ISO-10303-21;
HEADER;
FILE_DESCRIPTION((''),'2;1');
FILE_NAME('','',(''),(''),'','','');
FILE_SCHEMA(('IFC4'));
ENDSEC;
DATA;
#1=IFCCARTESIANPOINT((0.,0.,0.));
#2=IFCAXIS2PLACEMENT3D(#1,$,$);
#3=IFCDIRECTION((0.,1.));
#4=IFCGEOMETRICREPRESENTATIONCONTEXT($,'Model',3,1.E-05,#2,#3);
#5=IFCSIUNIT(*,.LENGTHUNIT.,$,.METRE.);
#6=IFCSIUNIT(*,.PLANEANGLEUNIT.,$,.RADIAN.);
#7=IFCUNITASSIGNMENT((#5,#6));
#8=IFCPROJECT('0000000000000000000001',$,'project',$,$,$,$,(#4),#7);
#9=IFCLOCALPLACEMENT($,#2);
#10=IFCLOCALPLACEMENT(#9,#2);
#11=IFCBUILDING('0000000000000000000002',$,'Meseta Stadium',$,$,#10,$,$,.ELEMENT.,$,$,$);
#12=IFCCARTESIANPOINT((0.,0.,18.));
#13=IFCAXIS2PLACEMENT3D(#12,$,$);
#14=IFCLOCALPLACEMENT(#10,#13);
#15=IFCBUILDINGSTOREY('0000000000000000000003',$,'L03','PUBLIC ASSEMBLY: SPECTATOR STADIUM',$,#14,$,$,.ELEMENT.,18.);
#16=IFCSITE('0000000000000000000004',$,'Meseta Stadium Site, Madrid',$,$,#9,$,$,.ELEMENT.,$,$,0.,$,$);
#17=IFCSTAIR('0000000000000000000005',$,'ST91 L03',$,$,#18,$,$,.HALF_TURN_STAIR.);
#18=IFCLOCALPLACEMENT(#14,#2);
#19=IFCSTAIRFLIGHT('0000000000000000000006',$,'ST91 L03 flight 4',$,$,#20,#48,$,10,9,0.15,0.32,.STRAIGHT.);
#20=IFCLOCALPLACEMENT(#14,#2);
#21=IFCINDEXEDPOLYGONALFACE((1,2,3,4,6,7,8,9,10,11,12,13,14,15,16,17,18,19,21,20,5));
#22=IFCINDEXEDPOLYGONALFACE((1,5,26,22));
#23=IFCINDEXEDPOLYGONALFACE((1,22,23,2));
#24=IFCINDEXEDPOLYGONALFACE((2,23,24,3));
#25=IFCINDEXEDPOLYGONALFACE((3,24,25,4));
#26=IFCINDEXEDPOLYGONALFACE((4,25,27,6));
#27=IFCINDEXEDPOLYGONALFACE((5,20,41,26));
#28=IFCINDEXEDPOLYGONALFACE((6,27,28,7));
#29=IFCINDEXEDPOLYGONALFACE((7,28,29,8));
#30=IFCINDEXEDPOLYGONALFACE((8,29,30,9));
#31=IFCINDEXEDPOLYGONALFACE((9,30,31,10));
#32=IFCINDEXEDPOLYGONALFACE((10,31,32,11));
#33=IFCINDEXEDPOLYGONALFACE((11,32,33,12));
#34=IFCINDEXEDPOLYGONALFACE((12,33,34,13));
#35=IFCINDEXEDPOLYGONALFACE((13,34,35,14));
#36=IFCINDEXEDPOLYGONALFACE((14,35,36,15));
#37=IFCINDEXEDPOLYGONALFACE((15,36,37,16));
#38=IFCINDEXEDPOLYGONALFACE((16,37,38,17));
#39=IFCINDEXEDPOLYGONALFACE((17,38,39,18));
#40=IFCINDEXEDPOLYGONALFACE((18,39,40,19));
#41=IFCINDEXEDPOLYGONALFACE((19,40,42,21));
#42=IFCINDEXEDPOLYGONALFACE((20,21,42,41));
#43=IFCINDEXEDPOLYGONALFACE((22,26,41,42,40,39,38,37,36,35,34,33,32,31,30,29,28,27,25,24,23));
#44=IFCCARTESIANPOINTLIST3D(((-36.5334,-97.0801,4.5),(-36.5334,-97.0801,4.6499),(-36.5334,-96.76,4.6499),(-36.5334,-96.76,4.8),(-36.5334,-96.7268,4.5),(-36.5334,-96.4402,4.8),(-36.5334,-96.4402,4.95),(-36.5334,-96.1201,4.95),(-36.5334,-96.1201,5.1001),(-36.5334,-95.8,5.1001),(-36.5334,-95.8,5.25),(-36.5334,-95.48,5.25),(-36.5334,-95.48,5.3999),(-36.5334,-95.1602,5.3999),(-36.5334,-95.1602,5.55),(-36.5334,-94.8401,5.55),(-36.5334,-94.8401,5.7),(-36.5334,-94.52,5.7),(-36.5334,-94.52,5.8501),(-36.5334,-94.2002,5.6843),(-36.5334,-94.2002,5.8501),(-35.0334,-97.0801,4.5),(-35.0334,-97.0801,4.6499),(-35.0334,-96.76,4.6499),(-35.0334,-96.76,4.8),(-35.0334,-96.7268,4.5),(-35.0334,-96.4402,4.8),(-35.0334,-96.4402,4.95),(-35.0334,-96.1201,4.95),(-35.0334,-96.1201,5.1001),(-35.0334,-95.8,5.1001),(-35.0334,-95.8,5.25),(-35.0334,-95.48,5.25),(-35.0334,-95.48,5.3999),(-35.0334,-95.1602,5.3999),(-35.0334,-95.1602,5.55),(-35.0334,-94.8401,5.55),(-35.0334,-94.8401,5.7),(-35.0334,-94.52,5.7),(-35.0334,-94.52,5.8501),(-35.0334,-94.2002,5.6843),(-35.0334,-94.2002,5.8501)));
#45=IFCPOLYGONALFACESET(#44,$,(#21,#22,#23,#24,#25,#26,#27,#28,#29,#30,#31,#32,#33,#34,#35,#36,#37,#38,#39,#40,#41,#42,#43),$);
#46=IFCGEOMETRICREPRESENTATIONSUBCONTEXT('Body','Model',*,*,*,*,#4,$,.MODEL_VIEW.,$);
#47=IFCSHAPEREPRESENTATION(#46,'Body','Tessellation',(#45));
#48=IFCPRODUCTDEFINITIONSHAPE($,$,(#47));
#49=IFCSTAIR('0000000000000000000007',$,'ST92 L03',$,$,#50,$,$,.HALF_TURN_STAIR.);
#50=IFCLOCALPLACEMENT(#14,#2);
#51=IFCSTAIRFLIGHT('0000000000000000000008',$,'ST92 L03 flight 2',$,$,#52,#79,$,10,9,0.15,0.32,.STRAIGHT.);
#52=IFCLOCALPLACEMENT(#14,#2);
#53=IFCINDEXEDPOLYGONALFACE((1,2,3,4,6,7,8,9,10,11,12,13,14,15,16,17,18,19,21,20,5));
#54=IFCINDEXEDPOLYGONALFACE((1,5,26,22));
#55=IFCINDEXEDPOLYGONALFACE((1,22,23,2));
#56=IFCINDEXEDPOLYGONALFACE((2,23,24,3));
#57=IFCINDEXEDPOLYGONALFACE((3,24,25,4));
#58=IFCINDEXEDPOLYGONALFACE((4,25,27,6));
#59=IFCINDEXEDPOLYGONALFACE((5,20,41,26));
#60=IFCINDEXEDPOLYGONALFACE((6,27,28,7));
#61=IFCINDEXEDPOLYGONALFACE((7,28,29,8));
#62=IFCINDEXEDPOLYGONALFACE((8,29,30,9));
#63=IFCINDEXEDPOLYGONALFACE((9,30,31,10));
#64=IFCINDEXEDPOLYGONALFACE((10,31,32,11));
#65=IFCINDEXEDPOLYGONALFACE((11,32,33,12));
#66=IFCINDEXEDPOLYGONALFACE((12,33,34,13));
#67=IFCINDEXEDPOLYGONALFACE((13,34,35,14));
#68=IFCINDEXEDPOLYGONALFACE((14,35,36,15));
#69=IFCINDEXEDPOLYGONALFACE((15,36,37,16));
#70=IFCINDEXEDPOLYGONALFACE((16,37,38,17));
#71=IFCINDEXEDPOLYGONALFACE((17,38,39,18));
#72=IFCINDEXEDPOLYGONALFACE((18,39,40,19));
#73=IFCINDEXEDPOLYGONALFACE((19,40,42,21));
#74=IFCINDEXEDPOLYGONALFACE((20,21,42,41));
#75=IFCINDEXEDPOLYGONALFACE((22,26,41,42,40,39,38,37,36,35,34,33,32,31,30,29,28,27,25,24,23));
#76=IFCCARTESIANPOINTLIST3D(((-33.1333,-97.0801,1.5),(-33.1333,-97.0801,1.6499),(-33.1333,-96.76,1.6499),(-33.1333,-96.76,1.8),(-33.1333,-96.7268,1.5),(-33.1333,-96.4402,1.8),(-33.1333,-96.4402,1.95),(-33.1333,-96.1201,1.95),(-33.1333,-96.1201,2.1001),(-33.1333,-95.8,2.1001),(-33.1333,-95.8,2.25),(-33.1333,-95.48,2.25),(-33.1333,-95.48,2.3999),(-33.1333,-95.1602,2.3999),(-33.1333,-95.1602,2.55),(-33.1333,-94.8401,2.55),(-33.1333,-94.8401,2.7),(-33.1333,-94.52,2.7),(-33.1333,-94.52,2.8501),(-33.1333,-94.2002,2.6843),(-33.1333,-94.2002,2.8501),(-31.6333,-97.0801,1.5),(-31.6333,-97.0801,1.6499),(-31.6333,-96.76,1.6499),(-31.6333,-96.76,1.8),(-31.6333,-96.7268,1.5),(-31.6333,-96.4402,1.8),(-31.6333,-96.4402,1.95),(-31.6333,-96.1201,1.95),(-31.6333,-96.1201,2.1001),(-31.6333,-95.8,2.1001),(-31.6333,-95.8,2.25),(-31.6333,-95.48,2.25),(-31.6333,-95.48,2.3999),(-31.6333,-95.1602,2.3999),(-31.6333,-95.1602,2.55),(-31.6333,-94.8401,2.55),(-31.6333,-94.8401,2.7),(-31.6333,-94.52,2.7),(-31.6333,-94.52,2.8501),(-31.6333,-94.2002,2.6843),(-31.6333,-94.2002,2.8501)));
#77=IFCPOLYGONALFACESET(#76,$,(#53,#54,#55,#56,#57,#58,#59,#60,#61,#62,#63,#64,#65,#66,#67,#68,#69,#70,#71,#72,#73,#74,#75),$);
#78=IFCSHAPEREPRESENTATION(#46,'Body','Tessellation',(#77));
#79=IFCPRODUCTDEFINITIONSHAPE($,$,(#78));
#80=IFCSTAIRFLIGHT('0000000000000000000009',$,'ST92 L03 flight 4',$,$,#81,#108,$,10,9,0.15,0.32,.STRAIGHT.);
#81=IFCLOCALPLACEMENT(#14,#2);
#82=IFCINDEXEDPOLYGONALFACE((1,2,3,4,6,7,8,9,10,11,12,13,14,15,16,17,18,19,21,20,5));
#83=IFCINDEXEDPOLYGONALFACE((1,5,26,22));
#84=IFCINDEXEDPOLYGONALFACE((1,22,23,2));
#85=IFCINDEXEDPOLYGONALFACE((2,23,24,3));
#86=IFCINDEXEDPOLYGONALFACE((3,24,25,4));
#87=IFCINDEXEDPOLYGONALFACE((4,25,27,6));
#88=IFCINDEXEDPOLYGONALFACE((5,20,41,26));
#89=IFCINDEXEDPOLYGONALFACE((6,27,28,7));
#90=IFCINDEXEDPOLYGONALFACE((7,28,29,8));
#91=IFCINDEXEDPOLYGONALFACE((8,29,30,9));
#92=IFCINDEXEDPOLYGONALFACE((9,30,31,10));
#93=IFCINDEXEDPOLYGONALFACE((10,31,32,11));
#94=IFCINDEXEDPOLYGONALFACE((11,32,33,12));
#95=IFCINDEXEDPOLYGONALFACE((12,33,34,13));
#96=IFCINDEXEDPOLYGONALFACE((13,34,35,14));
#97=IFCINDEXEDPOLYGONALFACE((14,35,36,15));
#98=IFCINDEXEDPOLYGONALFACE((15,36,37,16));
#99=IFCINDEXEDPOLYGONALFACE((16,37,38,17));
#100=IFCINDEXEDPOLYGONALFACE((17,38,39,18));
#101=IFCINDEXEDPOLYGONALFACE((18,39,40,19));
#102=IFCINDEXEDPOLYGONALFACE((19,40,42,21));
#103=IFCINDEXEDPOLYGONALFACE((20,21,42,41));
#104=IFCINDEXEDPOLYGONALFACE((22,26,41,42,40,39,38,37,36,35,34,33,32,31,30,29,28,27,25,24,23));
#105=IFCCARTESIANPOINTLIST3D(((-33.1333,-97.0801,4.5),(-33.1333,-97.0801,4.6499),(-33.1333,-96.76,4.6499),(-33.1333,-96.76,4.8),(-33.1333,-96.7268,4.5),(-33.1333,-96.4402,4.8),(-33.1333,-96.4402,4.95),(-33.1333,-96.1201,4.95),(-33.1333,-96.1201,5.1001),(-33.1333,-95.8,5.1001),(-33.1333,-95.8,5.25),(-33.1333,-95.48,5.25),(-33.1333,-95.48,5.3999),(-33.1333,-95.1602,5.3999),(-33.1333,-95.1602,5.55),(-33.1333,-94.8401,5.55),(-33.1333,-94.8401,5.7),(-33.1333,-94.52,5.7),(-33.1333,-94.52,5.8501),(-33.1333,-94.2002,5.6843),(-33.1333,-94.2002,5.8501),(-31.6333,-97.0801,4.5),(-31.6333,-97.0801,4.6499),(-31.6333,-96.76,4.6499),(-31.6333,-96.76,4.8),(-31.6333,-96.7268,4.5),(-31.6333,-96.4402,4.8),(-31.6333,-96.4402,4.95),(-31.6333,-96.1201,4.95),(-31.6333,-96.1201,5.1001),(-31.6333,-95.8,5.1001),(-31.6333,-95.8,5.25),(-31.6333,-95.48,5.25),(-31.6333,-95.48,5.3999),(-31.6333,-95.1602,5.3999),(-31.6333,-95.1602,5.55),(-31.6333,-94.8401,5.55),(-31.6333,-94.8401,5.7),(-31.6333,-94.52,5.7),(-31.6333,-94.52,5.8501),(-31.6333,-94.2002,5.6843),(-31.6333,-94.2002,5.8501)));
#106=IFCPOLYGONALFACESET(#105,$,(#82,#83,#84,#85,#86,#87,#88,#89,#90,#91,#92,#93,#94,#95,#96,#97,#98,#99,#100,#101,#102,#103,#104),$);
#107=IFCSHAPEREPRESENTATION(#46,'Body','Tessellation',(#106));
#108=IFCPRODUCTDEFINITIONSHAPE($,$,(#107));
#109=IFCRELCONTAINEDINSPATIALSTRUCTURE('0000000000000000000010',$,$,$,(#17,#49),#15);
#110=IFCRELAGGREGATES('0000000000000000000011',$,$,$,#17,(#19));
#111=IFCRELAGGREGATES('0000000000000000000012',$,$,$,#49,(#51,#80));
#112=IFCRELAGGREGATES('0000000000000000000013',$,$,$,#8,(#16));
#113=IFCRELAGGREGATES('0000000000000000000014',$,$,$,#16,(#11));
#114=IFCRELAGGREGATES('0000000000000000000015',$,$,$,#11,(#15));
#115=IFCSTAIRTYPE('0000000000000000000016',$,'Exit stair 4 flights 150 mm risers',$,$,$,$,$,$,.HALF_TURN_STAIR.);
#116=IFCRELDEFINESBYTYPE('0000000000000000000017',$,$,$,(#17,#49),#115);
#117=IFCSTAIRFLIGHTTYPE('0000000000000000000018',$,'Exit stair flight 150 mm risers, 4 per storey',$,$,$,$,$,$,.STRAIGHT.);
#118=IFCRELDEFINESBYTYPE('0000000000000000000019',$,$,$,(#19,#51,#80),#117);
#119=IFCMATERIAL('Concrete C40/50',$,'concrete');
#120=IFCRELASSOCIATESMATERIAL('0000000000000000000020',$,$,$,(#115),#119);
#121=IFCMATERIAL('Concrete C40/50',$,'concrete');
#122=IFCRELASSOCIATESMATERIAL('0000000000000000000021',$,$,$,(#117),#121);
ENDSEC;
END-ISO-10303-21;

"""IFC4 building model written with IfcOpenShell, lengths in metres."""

from ifc_helpers import new_model, si_unit, direction, frame, origin, place, context, subcontext, project, spatial, polyline, outline, extrude, material, type_object, element, aggregate, save


model = new_model("IFC4")

# Units and contexts
model_context = context("Model", 3, precision=1e-05, world=origin(), true_north=direction((0.0, 1.0)))
body_context = subcontext(model_context, "Body", "Model", "MODEL_VIEW")
ifc_project = project(units=[si_unit("LENGTHUNIT", "METRE"), si_unit("PLANEANGLEUNIT", "RADIAN")], contexts=[model_context])

# Site, building, storey
site_placement = place(None, origin())
site = spatial("IfcSite", under=ifc_project, at=site_placement, Name="Meseta Stadium Site, Madrid", CompositionType="ELEMENT", RefElevation=0.0)
building_placement = place(site_placement, origin())
building = spatial("IfcBuilding", under=site, at=building_placement, Name="Meseta Stadium", CompositionType="ELEMENT")
storey_placement = place(building_placement, frame((0.0, 0.0, 18.0)))
storey = spatial("IfcBuildingStorey", under=building, at=storey_placement, Name="L03", Description="PUBLIC ASSEMBLY: SPECTATOR STADIUM", CompositionType="ELEMENT", Elevation=18.0)

# Stairs, stair flights
ifc_material_1 = material(Name="Concrete C40/50", Category="concrete")
stair_type = type_object("IfcStairType", Name="Exit stair 4 flights 150 mm risers", PredefinedType="HALF_TURN_STAIR", material=ifc_material_1)
ifc_material_2 = material(Name="Concrete C40/50", Category="concrete")
stair_flight_type = type_object("IfcStairFlightType", Name="Exit stair flight 150 mm risers, 4 per storey", PredefinedType="STRAIGHT", material=ifc_material_2)
stair_1_placement = place(storey_placement, origin())
stair_1 = element("IfcStair", 1, at=stair_1_placement, inside=storey, type_object=stair_type, Name="ST91 L03", PredefinedType="HALF_TURN_STAIR")
stair_flight_1_placement = place(storey_placement, frame((-35.7834, -97.0801, 4.5), z_axis=(0.0, 0.0, 1.0), x_axis=(0.0, 1.0, 0.0)))
stair_flight_1 = element("IfcStairFlight", 2, at=stair_flight_1_placement, type_object=stair_flight_type, Name="ST91 L03 flight 4", NumberOfRisers=10, NumberOfTreads=9, PredefinedType="STRAIGHT", RiserHeight=0.15, TreadLength=0.32, context=body_context, shape_type="SweptSolid", body=[
    extrude(outline(polyline([(0.0, 0.0), (0.0, 0.1499), (0.3201, 0.1499), (0.3201, 0.3), (0.6399, 0.3), (0.6399, 0.45), (0.96, 0.45), (0.96, 0.6001), (1.28, 0.6001), (1.28, 0.75), (1.6001, 0.75), (1.6001, 0.8999), (1.9199, 0.8999), (1.9199, 1.05), (2.24, 1.05), (2.24, 1.2), (2.5601, 1.2), (2.5601, 1.3501), (2.8799, 1.3501), (2.8799, 1.1843), (0.3533, 0.0), (0.0, 0.0)])), frame((0.0, 0.75, 0.0), z_axis=(0.0, -1.0, 0.0), x_axis=(1.0, 0.0, 0.0)), (0.0, 0.0, 1.0), 1.5),
])
aggregate(stair_1, [stair_flight_1])
stair_2_placement = place(storey_placement, origin())
stair_2 = element("IfcStair", 3, at=stair_2_placement, inside=storey, type_object=stair_type, Name="ST92 L03", PredefinedType="HALF_TURN_STAIR")
stair_flight_2_placement = place(storey_placement, frame((-32.3833, -97.0801, 1.5), z_axis=(0.0, 0.0, 1.0), x_axis=(0.0, 1.0, 0.0)))
stair_flight_2 = element("IfcStairFlight", 4, at=stair_flight_2_placement, type_object=stair_flight_type, Name="ST92 L03 flight 2", NumberOfRisers=10, NumberOfTreads=9, PredefinedType="STRAIGHT", RiserHeight=0.15, TreadLength=0.32, context=body_context, shape_type="SweptSolid", body=[
    extrude(outline(polyline([(0.0, 0.0), (0.0, 0.1499), (0.3201, 0.1499), (0.3201, 0.3), (0.6399, 0.3), (0.6399, 0.45), (0.96, 0.45), (0.96, 0.6001), (1.28, 0.6001), (1.28, 0.75), (1.6001, 0.75), (1.6001, 0.8999), (1.9199, 0.8999), (1.9199, 1.05), (2.24, 1.05), (2.24, 1.2), (2.5601, 1.2), (2.5601, 1.3501), (2.8799, 1.3501), (2.8799, 1.1843), (0.3533, 0.0), (0.0, 0.0)])), frame((0.0, 0.75, 0.0), z_axis=(0.0, -1.0, 0.0), x_axis=(1.0, 0.0, 0.0)), (0.0, 0.0, 1.0), 1.5),
])
stair_flight_3_placement = place(storey_placement, frame((-32.3833, -97.0801, 4.5), z_axis=(0.0, 0.0, 1.0), x_axis=(0.0, 1.0, 0.0)))
stair_flight_3 = element("IfcStairFlight", 5, at=stair_flight_3_placement, type_object=stair_flight_type, Name="ST92 L03 flight 4", NumberOfRisers=10, NumberOfTreads=9, PredefinedType="STRAIGHT", RiserHeight=0.15, TreadLength=0.32, context=body_context, shape_type="SweptSolid", body=[
    extrude(outline(polyline([(0.0, 0.0), (0.0, 0.1499), (0.3201, 0.1499), (0.3201, 0.3), (0.6399, 0.3), (0.6399, 0.45), (0.96, 0.45), (0.96, 0.6001), (1.28, 0.6001), (1.28, 0.75), (1.6001, 0.75), (1.6001, 0.8999), (1.9199, 0.8999), (1.9199, 1.05), (2.24, 1.05), (2.24, 1.2), (2.5601, 1.2), (2.5601, 1.3501), (2.8799, 1.3501), (2.8799, 1.1843), (0.3533, 0.0), (0.0, 0.0)])), frame((0.0, 0.75, 0.0), z_axis=(0.0, -1.0, 0.0), x_axis=(1.0, 0.0, 0.0)), (0.0, 0.0, 1.0), 1.5),
])
aggregate(stair_2, [stair_flight_2, stair_flight_3])

save(model, "model.ifc")
